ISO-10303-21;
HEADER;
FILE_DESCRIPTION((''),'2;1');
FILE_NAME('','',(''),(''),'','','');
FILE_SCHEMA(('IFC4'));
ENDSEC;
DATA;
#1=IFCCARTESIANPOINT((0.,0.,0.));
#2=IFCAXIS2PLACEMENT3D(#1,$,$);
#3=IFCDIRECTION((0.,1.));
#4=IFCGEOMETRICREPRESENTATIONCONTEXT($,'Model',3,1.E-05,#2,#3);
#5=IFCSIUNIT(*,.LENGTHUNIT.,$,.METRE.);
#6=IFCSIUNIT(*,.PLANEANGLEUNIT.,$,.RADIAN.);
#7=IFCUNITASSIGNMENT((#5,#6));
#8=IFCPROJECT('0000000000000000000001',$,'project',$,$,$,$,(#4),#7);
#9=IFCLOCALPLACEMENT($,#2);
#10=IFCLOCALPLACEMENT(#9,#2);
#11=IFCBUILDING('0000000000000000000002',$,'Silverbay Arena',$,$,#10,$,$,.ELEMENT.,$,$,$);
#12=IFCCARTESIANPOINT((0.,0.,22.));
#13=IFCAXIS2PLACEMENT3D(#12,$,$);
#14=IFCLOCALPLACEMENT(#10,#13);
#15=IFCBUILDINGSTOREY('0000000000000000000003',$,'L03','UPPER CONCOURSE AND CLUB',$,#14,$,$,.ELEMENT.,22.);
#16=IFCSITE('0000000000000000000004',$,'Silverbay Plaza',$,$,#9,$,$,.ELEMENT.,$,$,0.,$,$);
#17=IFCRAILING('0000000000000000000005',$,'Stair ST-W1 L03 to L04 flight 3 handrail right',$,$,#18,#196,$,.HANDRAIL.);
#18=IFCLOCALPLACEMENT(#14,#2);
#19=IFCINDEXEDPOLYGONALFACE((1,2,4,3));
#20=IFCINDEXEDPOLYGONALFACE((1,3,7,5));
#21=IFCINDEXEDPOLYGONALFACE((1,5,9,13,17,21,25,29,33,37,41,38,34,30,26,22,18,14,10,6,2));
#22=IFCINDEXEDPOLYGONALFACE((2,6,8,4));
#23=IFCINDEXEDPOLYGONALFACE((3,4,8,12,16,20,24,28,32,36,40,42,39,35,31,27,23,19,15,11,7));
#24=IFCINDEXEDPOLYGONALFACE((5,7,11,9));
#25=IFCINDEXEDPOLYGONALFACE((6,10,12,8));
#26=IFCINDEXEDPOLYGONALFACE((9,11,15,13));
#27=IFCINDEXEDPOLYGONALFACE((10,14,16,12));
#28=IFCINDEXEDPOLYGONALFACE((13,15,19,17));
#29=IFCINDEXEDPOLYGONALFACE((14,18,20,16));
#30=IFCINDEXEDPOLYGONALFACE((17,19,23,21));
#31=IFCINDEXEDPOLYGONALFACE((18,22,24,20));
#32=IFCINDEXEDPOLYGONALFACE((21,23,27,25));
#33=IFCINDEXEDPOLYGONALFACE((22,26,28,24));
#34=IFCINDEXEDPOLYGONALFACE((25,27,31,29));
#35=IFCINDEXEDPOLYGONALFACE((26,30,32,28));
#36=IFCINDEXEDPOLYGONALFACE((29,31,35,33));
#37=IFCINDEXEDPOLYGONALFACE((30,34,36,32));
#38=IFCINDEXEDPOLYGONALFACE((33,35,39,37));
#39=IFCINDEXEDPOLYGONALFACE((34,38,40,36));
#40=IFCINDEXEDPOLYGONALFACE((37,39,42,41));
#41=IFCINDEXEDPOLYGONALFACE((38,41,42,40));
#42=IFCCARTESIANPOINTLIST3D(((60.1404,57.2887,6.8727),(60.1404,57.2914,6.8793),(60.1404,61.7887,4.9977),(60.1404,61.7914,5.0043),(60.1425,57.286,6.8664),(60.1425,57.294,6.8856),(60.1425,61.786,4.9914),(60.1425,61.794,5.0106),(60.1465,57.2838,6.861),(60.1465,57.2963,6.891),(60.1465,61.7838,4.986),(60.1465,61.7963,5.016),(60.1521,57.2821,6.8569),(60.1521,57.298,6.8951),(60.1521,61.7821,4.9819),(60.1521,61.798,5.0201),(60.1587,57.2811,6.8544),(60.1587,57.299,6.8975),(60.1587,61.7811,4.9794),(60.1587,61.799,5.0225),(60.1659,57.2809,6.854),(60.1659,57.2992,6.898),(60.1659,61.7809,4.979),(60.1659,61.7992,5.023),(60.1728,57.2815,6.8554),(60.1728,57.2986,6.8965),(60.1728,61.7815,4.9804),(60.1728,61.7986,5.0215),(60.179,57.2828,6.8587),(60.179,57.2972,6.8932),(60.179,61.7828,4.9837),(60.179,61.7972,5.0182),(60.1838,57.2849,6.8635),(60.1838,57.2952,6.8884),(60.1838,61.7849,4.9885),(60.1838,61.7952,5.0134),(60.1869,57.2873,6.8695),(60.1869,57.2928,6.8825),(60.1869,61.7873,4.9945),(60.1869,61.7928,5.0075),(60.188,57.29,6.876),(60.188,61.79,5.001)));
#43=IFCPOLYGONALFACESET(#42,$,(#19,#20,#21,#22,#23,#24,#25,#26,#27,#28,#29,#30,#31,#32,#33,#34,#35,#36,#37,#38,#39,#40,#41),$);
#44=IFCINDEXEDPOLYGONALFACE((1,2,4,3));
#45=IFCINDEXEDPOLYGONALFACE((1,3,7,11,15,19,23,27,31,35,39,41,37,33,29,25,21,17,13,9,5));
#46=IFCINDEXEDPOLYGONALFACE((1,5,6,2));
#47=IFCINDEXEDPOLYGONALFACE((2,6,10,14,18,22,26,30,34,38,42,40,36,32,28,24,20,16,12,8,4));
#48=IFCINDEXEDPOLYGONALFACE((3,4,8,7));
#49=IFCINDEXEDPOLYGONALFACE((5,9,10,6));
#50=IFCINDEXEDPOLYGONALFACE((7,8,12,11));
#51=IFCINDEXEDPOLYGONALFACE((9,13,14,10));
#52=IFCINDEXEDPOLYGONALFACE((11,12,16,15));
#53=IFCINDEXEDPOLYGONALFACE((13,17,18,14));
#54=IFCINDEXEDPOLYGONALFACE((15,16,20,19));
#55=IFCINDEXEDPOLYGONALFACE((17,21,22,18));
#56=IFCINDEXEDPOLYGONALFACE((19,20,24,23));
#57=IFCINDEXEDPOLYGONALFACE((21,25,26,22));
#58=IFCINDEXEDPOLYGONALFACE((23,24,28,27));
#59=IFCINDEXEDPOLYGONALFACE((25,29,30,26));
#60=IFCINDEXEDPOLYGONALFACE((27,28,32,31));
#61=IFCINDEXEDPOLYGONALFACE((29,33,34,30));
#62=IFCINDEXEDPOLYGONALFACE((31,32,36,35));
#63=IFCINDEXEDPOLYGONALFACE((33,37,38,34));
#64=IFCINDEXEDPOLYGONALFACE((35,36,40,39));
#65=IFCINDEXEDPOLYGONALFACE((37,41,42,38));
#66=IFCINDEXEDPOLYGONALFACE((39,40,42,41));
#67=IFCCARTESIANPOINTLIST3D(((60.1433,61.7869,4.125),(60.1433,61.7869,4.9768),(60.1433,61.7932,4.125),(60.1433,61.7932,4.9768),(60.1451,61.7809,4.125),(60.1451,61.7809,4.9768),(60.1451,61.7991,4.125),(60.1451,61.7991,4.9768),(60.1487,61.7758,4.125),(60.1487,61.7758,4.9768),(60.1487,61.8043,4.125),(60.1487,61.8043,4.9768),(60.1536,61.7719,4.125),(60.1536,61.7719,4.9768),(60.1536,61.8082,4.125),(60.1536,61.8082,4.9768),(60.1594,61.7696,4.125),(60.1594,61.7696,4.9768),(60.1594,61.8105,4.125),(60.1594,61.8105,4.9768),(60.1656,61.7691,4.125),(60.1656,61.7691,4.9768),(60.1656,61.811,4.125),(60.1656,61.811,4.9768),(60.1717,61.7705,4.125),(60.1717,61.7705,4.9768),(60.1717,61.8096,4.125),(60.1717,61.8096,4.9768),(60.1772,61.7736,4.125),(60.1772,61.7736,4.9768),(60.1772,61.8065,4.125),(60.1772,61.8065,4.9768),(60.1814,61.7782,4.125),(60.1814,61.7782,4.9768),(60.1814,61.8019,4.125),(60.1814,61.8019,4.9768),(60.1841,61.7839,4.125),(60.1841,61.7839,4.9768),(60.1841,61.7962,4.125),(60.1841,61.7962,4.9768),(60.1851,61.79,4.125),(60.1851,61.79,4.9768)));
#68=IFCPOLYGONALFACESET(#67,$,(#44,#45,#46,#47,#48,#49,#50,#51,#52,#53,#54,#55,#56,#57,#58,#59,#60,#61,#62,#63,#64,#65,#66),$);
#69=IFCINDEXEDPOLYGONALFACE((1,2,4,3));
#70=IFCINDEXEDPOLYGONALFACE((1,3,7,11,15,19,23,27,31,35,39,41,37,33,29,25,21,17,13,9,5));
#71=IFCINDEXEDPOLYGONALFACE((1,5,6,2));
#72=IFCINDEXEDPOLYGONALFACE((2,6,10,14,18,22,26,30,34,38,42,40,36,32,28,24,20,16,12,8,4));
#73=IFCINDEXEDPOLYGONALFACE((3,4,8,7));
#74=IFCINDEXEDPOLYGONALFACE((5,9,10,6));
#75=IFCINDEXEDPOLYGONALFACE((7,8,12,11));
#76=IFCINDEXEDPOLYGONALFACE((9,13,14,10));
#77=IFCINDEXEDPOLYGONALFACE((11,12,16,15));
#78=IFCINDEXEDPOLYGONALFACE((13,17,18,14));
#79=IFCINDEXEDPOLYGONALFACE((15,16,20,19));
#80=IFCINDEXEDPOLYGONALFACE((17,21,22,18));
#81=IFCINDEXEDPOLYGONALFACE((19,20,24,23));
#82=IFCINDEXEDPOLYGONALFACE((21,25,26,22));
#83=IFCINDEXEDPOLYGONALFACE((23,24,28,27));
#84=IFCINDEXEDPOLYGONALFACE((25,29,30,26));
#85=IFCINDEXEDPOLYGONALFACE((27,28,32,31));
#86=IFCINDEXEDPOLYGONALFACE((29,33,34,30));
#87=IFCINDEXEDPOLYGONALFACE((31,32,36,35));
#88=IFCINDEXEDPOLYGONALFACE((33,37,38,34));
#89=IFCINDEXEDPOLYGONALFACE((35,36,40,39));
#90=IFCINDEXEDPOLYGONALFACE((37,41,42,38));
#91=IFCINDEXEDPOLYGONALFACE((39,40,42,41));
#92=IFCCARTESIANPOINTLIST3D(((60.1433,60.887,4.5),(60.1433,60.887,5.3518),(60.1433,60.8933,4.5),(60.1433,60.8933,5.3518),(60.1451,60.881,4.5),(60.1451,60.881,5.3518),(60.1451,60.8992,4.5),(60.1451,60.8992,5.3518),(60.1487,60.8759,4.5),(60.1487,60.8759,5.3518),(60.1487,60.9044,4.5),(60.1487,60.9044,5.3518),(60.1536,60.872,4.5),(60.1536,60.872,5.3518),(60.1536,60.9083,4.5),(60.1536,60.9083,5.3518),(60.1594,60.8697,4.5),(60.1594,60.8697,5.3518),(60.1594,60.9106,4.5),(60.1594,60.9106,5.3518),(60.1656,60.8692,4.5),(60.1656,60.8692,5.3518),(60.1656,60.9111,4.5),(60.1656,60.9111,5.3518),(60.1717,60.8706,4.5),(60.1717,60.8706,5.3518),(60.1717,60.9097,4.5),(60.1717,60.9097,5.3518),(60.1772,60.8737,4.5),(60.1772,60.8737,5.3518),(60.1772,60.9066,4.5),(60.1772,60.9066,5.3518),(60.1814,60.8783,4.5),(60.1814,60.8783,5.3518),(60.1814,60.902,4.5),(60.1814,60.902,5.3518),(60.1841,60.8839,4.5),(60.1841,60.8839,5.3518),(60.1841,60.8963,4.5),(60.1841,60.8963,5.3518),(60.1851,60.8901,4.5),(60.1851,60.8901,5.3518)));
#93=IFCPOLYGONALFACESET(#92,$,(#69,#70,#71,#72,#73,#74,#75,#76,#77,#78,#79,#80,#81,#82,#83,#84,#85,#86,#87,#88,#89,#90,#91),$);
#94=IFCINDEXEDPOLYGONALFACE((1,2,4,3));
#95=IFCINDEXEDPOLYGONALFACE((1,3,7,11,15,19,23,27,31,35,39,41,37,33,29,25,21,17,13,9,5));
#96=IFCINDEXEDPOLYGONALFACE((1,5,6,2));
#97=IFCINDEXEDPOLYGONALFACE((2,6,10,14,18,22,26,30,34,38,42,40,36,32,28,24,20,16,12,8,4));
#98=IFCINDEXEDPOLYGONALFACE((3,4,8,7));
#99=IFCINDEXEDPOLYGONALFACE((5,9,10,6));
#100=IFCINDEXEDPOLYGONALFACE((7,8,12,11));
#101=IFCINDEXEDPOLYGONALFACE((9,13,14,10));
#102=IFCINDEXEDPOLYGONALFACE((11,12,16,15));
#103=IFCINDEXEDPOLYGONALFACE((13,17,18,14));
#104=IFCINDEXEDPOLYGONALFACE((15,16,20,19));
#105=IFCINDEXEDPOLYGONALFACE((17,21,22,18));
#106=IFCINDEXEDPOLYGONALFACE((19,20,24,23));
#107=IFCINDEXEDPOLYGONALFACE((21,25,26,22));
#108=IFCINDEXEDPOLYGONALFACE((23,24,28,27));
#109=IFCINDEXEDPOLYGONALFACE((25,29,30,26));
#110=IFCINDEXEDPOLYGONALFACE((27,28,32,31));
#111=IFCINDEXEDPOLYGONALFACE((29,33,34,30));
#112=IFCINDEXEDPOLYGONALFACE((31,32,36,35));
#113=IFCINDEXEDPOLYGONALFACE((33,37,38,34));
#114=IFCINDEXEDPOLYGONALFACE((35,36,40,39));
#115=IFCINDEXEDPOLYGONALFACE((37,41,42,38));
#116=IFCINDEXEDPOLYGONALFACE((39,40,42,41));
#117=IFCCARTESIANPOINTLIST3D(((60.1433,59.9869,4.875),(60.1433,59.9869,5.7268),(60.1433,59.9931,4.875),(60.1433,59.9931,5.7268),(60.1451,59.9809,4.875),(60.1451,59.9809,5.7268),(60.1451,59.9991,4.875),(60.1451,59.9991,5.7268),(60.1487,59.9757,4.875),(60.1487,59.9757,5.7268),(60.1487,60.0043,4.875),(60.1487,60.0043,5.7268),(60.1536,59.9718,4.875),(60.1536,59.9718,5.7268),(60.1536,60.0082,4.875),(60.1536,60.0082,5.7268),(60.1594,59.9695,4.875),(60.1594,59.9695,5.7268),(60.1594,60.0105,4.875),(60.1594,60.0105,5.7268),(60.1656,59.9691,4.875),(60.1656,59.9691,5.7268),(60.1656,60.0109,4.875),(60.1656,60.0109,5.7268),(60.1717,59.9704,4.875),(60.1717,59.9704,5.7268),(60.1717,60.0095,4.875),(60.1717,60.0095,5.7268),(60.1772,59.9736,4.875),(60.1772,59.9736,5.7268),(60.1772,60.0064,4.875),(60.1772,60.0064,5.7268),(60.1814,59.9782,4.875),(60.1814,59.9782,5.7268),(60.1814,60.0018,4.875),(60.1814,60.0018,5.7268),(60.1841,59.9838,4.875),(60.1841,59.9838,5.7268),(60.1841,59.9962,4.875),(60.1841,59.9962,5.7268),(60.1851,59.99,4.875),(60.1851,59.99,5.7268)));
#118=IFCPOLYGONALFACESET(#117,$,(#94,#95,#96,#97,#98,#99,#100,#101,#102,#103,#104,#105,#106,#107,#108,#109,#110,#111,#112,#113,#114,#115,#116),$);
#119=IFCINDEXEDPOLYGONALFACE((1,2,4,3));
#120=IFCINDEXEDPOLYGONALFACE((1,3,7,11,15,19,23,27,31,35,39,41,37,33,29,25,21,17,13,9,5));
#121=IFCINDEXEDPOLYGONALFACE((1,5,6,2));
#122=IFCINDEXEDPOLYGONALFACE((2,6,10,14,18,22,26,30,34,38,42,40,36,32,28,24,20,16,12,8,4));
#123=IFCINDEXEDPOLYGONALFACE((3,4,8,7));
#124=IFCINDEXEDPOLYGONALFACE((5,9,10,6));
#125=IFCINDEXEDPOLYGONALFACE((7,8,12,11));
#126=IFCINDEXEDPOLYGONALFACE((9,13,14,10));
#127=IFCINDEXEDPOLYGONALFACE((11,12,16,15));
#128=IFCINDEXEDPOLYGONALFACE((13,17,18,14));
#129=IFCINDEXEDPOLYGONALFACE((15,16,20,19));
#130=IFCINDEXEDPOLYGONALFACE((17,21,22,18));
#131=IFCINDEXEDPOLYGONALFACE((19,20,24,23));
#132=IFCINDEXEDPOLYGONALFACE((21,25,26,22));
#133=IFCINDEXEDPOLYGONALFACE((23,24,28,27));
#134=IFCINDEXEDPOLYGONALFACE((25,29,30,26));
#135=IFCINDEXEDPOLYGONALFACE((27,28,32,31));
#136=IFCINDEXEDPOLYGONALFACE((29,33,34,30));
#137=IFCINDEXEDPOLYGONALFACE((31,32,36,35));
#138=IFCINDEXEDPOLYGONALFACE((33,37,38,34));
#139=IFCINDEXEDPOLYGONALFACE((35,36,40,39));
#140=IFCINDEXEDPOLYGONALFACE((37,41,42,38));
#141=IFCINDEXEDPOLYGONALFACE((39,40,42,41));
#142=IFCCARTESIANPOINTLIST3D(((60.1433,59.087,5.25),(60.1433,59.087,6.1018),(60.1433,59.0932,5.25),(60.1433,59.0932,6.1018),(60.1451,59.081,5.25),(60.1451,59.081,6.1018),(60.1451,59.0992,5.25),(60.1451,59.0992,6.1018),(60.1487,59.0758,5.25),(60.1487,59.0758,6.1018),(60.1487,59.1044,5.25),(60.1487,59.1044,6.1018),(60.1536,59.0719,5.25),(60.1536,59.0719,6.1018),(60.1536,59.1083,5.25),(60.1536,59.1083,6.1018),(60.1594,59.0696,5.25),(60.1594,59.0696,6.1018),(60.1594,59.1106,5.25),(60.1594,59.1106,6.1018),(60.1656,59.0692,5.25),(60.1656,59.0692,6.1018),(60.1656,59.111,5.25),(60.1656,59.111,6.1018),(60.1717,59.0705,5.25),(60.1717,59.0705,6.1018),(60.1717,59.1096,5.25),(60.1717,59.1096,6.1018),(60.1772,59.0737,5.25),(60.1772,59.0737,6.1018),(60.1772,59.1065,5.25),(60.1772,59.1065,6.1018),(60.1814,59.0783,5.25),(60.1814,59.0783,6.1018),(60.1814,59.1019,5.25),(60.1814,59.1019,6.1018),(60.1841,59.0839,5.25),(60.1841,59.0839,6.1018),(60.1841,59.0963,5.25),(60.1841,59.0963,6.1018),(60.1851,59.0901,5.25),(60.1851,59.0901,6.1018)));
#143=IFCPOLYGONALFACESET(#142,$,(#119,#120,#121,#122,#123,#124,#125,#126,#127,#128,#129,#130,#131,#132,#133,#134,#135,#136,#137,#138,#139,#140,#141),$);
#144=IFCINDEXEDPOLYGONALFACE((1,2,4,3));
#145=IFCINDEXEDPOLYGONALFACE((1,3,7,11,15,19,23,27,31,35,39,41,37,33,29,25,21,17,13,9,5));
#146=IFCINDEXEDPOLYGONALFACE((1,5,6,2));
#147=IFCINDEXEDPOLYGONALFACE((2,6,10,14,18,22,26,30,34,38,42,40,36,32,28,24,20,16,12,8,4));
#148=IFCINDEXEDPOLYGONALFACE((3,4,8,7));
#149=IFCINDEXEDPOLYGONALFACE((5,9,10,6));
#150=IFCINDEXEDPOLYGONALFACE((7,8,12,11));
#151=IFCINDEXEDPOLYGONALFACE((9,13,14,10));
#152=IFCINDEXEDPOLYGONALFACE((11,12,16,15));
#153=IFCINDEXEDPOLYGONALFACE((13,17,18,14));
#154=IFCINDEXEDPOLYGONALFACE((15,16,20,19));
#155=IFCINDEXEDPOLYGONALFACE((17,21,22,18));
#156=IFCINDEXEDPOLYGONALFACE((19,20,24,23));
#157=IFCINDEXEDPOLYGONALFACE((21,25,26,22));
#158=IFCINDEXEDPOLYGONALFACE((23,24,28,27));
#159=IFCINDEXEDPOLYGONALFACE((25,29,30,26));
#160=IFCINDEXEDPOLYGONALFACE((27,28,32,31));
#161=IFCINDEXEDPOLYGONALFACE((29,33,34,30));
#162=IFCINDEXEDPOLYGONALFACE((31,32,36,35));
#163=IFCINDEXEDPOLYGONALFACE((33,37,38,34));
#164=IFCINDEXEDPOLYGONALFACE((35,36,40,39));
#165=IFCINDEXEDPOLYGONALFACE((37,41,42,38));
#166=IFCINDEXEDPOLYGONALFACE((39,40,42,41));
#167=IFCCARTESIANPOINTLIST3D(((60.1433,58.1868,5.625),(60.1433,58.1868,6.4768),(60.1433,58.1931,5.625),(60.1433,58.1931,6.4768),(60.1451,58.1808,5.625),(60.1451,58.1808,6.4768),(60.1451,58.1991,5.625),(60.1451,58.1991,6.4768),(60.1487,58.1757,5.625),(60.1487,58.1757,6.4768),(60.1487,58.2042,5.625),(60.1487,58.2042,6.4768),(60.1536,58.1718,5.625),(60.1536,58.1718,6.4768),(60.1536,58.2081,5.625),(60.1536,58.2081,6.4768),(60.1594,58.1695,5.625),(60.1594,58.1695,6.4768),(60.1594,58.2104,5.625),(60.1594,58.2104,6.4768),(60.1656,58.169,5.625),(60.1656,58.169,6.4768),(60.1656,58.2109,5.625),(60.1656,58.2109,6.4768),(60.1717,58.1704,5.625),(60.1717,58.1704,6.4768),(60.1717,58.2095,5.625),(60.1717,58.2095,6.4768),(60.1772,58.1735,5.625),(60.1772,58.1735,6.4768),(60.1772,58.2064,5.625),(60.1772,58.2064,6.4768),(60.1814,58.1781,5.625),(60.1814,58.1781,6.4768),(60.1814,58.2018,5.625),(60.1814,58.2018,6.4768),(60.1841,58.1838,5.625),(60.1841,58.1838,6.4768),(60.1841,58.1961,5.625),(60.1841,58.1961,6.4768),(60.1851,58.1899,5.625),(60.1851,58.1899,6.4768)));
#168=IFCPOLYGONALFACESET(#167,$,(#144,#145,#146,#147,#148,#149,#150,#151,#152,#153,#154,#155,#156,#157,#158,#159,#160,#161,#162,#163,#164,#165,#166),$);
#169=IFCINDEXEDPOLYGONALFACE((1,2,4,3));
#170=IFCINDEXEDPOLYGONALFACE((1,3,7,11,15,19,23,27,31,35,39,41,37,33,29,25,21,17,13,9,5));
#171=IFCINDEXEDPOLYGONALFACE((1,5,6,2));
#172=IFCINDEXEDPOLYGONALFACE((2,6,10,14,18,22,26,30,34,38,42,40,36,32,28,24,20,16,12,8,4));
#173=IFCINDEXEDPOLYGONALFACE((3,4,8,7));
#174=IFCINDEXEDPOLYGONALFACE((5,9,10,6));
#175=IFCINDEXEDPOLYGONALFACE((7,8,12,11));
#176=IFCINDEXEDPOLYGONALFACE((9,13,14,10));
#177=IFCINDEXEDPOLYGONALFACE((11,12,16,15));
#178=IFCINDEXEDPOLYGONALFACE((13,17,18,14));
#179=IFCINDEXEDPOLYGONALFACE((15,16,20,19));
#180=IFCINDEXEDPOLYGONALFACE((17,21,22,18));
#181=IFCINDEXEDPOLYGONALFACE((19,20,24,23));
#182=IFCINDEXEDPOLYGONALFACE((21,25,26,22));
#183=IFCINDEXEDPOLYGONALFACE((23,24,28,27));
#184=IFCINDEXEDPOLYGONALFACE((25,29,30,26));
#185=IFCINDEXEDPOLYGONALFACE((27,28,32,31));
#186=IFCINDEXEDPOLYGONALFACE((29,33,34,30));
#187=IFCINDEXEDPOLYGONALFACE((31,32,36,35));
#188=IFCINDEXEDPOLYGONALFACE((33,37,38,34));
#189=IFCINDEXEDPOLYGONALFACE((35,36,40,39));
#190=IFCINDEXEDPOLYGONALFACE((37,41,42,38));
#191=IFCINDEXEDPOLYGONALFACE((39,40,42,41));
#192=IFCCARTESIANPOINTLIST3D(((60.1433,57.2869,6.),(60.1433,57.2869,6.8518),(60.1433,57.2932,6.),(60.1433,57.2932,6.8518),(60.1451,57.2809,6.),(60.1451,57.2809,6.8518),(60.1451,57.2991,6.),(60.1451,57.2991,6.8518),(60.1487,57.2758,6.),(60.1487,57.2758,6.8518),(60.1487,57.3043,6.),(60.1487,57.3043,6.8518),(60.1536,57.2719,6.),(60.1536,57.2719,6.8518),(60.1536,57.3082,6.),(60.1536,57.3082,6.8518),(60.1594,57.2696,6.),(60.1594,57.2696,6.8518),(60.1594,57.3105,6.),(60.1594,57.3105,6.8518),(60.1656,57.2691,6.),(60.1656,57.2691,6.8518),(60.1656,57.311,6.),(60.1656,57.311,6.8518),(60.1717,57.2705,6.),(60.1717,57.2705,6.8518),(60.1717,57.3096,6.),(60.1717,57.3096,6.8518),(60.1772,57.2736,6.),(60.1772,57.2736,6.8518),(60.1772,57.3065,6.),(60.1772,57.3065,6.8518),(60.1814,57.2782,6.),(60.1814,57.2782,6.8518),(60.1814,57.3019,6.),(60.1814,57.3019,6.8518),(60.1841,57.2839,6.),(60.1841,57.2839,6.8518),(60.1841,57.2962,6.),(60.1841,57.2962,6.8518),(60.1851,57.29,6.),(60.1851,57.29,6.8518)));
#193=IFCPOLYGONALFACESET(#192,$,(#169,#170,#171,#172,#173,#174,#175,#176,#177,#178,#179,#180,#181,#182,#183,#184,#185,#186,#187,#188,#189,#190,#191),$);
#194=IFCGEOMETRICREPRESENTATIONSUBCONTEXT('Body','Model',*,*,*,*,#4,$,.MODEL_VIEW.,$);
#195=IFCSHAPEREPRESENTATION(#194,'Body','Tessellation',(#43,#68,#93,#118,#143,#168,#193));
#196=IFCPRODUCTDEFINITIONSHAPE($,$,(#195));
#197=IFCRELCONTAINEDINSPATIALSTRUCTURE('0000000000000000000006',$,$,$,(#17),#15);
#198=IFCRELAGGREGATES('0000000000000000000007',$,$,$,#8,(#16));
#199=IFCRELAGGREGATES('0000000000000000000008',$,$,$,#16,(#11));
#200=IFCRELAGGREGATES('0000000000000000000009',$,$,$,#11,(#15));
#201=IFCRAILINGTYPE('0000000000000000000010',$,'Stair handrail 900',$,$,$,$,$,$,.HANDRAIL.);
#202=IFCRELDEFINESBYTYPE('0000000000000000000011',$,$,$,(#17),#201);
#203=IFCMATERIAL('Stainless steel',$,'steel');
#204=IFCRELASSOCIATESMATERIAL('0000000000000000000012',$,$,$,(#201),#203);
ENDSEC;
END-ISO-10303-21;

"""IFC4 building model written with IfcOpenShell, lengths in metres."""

from ifc_helpers import new_model, si_unit, direction, frame, origin, origin_2d, place, context, subcontext, project, spatial, circle, extrude, material, type_object, element, save


model = new_model("IFC4")

# Units and contexts
model_context = context("Model", 3, precision=1e-05, world=origin(), true_north=direction((0.0, 1.0)))
body_context = subcontext(model_context, "Body", "Model", "MODEL_VIEW")
ifc_project = project(units=[si_unit("LENGTHUNIT", "METRE"), si_unit("PLANEANGLEUNIT", "RADIAN")], contexts=[model_context])

# Site, building, storey
site_placement = place(None, origin())
site = spatial("IfcSite", under=ifc_project, at=site_placement, Name="Silverbay Plaza", CompositionType="ELEMENT", RefElevation=0.0)
building_placement = place(site_placement, origin())
building = spatial("IfcBuilding", under=site, at=building_placement, Name="Silverbay Arena", CompositionType="ELEMENT")
storey_placement = place(building_placement, frame((0.0, 0.0, 22.0)))
storey = spatial("IfcBuildingStorey", under=building, at=storey_placement, Name="L03", Description="UPPER CONCOURSE AND CLUB", CompositionType="ELEMENT", Elevation=22.0)

# Railing
ifc_material_1 = material(Name="Stainless steel", Category="steel")
railing_type_1 = type_object("IfcRailingType", Name="Stair handrail 900", PredefinedType="HANDRAIL", material=ifc_material_1)
for number, where, name in (
    (1, (60.1641, 61.79, 4.125), "Stair ST-W1 L03 to L04 flight 3 handrail right"),
):
    element("IfcRailing", number, at=place(storey_placement, frame(where)), inside=storey, type_object=railing_type_1, Name=name, PredefinedType="HANDRAIL", context=body_context, shape_type="SweptSolid", body=[
        extrude(circle(Radius=0.0239, at=origin_2d()), frame((0.0, 0.0, 0.876), z_axis=(0.0, -0.923077, 0.384615), x_axis=(1.0, 0.0, 0.0)), (0.0, 0.0, 1.0), 4.875),
        extrude(circle(Radius=0.021, at=origin_2d()), origin(), (0.0, 0.0, 1.0), 0.8518),
        extrude(circle(Radius=0.021, at=origin_2d()), frame((0.0, -0.8999, 0.375)), (0.0, 0.0, 1.0), 0.8518),
        extrude(circle(Radius=0.021, at=origin_2d()), frame((0.0, -1.8, 0.75)), (0.0, 0.0, 1.0), 0.8518),
        extrude(circle(Radius=0.021, at=origin_2d()), frame((0.0, -2.7, 1.125)), (0.0, 0.0, 1.0), 0.8518),
        extrude(circle(Radius=0.021, at=origin_2d()), frame((0.0, -3.6001, 1.5)), (0.0, 0.0, 1.0), 0.8518),
        extrude(circle(Radius=0.021, at=origin_2d()), frame((0.0, -4.5, 1.875)), (0.0, 0.0, 1.0), 0.8518),
    ])

save(model, "model.ifc")
